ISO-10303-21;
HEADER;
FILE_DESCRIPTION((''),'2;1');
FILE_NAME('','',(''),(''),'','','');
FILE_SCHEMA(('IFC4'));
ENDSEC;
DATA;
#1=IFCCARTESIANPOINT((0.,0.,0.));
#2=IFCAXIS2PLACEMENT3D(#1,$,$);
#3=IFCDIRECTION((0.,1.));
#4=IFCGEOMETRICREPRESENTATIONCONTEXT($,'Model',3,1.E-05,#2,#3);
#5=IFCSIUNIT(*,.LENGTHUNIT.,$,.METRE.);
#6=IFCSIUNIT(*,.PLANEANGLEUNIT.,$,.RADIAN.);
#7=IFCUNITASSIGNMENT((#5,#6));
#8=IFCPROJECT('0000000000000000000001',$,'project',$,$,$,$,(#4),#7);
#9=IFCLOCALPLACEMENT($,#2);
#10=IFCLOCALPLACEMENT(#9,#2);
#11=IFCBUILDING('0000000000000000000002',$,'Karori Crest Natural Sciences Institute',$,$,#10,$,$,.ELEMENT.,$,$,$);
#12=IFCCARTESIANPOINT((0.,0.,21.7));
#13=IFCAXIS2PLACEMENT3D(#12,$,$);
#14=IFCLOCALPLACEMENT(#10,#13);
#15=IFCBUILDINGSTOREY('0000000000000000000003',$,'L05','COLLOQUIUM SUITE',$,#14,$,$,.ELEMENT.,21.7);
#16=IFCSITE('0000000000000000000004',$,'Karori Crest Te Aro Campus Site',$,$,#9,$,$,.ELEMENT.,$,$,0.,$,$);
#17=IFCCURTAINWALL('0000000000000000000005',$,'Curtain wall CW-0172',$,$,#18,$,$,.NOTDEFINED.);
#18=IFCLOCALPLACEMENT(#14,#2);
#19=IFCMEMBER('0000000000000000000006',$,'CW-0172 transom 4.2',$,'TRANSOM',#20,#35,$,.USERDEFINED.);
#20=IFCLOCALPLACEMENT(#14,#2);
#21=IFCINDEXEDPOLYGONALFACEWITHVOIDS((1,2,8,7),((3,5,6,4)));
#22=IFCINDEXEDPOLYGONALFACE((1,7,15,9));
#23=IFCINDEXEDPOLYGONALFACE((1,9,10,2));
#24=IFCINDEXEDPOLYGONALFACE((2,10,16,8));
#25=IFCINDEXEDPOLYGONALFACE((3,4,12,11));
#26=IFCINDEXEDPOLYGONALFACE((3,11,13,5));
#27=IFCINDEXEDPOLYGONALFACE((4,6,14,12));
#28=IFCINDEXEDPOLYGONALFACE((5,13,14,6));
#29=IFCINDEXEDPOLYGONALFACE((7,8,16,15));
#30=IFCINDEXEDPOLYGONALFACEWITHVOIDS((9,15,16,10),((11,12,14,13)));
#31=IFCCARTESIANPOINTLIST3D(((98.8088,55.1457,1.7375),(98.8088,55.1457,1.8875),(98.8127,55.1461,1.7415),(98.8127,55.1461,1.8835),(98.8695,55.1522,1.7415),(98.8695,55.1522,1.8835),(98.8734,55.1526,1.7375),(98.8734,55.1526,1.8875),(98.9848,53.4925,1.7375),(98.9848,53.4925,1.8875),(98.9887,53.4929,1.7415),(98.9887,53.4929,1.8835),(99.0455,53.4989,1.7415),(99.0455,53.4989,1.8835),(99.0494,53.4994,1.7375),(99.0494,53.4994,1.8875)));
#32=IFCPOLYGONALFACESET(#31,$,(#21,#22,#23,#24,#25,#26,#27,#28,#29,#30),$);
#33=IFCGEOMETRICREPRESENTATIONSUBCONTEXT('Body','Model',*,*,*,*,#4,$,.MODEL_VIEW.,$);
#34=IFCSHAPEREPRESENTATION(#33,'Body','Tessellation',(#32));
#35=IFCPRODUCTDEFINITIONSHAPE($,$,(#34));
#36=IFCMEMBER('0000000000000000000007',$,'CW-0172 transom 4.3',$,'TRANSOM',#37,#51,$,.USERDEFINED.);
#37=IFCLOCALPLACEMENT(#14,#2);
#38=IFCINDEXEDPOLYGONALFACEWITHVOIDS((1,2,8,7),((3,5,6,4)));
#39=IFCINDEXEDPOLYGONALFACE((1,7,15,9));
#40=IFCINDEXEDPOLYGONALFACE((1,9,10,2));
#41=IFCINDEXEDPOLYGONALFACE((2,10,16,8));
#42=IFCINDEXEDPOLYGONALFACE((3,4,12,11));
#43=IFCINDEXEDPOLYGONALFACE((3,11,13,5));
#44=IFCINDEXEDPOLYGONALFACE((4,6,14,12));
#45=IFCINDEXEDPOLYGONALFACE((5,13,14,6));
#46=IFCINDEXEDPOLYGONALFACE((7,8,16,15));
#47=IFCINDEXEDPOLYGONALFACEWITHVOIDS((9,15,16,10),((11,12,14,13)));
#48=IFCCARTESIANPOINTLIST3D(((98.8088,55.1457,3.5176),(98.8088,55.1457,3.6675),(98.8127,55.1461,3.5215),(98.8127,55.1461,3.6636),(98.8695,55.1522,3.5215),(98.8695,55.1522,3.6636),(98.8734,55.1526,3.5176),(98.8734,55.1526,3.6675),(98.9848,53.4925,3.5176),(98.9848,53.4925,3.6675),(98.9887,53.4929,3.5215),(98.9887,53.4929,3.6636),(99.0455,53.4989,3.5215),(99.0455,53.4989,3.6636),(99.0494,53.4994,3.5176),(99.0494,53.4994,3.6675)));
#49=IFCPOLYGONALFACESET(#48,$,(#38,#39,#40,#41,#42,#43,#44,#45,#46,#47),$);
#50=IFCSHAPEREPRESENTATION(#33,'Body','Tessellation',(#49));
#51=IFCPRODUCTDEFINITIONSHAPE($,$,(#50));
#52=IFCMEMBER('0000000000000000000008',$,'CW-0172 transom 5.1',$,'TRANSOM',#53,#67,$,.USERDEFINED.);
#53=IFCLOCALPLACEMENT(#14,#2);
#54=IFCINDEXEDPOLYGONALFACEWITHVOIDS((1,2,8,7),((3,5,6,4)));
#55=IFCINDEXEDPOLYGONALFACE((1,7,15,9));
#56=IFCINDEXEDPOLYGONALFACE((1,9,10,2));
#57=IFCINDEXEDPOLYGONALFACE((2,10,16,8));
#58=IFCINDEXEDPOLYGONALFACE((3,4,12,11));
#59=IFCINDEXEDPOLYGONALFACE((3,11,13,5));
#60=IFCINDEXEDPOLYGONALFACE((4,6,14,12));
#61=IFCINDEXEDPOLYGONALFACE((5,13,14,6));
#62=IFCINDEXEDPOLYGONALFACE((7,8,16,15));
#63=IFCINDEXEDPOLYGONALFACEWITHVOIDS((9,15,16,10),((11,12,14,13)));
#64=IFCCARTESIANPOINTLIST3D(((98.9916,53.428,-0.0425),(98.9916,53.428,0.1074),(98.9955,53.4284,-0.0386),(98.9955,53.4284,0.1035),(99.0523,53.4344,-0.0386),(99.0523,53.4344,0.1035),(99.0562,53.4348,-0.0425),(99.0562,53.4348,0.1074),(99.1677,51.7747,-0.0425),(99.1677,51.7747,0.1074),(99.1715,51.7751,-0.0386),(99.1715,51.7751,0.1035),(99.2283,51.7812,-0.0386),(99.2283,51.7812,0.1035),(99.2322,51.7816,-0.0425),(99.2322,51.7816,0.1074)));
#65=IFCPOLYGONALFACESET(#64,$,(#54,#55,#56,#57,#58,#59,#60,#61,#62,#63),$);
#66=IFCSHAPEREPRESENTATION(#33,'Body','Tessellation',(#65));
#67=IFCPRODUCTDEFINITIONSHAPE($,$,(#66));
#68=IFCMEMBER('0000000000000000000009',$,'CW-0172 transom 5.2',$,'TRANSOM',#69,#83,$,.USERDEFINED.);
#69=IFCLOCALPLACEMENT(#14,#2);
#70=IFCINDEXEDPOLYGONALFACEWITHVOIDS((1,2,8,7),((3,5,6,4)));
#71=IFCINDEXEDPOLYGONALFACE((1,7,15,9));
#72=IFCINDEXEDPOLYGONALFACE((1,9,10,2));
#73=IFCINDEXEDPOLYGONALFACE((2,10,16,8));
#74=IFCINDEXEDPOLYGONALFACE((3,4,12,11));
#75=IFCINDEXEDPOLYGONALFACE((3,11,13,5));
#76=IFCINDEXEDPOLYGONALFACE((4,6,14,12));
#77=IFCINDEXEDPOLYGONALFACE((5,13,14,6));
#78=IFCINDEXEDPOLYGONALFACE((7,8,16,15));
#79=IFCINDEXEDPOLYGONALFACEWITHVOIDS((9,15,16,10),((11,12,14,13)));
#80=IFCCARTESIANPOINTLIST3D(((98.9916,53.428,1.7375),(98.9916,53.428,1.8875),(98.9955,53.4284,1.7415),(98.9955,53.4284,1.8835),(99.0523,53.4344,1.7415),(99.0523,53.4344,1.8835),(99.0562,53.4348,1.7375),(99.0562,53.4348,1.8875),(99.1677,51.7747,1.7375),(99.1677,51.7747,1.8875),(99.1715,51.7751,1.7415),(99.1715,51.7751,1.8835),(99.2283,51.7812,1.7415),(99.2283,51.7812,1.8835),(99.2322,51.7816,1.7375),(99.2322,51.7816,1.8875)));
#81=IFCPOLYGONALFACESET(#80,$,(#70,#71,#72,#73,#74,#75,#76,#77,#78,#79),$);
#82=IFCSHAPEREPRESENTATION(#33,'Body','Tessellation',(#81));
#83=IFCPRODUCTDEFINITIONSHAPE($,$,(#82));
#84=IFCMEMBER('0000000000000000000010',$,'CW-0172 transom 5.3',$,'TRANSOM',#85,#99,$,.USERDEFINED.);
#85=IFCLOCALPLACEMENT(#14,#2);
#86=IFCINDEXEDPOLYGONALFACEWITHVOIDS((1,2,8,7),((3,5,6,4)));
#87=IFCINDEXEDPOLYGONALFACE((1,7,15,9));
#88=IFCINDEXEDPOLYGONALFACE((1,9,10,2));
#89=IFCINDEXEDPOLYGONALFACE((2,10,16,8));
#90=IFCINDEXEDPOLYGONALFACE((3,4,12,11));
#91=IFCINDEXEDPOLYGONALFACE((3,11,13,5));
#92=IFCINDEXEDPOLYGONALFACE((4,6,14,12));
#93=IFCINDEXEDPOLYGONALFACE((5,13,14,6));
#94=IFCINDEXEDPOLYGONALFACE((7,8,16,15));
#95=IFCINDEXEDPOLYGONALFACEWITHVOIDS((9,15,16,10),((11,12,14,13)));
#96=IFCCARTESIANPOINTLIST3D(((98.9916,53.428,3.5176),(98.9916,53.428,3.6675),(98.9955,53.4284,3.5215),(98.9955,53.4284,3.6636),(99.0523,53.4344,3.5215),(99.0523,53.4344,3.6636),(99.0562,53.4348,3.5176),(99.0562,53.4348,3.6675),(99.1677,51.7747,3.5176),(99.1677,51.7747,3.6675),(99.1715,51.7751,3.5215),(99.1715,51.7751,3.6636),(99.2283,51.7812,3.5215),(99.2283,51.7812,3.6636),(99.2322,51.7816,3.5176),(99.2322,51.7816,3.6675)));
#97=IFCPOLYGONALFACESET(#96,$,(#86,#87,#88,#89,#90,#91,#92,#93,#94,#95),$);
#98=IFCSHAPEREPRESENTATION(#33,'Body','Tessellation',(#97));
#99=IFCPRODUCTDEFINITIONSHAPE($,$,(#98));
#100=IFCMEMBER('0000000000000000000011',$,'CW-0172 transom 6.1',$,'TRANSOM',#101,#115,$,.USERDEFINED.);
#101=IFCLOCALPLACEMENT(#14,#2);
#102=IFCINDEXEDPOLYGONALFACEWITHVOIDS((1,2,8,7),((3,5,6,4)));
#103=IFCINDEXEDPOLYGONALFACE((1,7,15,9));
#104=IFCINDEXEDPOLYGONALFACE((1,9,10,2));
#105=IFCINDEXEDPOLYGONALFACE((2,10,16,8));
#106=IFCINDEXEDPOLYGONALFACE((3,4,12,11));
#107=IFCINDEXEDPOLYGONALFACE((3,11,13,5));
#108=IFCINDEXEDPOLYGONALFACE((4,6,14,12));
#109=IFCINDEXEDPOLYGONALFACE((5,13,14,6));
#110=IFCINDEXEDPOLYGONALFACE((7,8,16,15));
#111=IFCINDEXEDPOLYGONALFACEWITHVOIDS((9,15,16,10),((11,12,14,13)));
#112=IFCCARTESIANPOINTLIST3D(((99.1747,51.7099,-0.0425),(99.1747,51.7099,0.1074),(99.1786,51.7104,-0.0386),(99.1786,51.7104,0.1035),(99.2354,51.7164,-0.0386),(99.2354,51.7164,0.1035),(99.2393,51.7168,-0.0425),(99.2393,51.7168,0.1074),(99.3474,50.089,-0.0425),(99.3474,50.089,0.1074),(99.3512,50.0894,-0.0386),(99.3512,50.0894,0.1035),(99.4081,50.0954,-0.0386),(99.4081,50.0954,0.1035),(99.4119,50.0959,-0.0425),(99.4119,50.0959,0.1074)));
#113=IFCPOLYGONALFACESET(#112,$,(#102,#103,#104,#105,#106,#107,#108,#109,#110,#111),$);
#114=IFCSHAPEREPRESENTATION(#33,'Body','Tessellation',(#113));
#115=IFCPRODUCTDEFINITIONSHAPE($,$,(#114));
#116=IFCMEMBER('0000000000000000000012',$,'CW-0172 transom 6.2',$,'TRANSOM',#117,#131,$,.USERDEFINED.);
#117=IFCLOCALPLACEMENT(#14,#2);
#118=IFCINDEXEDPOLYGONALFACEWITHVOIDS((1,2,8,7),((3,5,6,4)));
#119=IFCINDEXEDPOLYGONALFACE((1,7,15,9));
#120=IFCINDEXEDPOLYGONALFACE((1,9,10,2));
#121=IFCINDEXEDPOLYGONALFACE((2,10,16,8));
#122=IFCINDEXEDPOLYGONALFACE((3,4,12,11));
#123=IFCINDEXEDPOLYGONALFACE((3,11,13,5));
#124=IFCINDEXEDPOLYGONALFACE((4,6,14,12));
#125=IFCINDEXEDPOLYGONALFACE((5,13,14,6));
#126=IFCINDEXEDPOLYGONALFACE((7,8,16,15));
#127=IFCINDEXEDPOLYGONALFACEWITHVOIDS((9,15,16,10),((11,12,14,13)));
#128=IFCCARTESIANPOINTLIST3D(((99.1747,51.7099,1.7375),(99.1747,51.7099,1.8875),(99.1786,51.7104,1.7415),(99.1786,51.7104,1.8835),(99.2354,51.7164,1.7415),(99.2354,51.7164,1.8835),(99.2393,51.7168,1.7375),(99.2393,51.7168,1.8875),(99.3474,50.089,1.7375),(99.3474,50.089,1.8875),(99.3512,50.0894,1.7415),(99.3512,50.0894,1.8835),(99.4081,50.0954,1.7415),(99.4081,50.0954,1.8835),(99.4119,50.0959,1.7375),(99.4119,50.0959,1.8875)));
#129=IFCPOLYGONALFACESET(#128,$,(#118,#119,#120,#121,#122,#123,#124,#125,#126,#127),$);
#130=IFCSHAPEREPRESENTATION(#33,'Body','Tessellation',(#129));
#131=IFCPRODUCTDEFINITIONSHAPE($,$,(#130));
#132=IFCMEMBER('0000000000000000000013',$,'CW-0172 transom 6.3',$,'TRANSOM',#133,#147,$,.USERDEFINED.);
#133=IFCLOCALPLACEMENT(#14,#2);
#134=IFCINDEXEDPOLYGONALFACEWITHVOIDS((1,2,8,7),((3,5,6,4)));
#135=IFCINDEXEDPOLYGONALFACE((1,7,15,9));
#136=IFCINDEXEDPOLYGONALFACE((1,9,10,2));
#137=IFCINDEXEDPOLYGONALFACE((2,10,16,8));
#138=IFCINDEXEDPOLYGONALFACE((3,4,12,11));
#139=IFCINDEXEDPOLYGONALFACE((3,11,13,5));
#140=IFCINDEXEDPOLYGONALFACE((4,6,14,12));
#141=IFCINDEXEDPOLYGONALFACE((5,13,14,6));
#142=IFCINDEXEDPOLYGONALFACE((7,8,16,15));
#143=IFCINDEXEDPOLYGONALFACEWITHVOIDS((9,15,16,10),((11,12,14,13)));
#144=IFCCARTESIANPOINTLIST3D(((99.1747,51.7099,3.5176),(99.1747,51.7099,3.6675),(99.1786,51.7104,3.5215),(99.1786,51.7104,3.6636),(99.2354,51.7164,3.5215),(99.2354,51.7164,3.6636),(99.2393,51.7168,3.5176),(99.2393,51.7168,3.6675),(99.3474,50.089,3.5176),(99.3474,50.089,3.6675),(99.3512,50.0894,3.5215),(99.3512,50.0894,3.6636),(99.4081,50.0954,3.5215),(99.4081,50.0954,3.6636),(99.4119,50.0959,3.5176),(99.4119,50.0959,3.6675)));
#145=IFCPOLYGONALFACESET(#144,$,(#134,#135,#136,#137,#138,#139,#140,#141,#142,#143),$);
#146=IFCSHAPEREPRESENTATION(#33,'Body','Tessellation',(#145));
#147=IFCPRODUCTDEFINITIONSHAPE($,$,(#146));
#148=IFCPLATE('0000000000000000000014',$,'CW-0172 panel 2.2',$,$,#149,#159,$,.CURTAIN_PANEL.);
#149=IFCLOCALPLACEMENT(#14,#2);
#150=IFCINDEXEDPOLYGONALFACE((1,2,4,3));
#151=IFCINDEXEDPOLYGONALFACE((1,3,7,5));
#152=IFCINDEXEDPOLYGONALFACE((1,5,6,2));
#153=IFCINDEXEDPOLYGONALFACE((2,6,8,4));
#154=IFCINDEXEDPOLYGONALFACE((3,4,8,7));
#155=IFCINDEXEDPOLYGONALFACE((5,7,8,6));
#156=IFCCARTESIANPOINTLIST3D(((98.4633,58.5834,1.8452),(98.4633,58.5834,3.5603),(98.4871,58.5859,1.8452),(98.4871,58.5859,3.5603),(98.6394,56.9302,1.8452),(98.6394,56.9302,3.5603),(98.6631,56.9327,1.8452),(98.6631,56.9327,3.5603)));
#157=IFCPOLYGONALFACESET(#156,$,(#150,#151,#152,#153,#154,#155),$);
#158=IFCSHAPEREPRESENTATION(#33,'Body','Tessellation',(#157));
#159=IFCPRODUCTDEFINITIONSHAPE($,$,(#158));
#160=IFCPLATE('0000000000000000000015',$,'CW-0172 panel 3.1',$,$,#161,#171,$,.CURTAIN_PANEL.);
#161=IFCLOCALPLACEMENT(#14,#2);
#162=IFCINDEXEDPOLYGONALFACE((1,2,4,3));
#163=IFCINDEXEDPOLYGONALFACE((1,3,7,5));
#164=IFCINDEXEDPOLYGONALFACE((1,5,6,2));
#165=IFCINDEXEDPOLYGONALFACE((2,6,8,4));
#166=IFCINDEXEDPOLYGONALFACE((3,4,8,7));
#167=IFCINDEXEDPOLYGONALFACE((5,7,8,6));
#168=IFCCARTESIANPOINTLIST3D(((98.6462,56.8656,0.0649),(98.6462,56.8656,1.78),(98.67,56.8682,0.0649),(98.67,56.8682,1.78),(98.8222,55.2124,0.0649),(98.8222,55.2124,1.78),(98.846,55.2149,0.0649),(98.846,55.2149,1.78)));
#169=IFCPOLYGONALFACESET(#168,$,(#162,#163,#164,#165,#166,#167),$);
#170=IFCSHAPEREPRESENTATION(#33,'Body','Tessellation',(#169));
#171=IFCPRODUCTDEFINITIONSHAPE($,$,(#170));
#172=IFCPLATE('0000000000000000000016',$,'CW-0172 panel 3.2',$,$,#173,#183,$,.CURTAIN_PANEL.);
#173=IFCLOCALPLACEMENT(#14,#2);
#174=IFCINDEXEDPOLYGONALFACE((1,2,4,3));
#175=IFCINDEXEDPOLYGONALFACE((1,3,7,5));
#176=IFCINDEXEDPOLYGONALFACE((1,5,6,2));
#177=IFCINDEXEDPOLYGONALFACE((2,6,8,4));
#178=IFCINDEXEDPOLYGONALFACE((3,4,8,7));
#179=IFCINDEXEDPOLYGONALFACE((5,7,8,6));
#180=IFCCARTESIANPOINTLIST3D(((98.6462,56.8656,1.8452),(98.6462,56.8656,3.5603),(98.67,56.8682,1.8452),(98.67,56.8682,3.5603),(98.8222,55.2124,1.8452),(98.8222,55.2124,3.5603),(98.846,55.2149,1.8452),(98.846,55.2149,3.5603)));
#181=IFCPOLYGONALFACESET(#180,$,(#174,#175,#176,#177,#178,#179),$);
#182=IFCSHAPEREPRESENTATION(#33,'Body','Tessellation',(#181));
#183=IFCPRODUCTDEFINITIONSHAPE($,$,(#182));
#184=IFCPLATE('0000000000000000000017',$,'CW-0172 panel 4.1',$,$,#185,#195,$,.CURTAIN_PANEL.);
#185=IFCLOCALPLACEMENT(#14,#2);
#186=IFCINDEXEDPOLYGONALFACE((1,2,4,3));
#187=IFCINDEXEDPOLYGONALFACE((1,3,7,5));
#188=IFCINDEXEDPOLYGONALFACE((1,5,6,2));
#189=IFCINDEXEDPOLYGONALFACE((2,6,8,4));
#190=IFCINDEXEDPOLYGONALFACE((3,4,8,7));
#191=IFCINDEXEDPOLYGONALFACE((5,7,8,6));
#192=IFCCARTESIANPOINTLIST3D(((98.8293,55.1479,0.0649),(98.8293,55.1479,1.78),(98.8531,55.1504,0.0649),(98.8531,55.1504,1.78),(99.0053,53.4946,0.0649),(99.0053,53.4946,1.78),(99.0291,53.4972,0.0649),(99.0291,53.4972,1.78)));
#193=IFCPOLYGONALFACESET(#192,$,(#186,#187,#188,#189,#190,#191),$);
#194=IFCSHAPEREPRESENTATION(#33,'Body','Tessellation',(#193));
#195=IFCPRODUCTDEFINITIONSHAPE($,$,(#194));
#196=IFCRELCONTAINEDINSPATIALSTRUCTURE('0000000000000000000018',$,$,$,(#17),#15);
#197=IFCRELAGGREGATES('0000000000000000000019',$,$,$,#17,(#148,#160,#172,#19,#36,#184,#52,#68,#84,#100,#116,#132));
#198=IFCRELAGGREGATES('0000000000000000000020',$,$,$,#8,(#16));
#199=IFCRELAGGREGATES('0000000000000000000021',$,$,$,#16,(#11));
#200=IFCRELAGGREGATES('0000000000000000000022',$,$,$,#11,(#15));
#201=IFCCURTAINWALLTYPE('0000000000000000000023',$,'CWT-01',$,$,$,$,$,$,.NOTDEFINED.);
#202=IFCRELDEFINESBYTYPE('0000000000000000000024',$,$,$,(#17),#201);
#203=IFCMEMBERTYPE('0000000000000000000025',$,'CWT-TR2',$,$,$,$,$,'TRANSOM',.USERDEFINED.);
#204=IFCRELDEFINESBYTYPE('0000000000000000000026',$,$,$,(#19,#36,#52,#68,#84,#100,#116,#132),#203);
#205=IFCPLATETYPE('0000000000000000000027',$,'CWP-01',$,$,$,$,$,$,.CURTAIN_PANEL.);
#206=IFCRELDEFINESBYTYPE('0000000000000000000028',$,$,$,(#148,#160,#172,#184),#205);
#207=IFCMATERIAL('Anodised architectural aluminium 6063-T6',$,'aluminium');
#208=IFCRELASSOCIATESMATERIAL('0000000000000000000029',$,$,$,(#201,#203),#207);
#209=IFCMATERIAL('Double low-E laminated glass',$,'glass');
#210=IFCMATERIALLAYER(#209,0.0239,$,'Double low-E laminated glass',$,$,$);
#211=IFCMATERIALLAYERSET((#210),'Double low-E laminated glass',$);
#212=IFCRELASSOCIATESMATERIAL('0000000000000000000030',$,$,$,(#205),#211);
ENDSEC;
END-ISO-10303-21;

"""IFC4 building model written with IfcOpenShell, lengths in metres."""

from ifc_helpers import new_model, si_unit, direction, frame, origin, origin_2d, place, context, subcontext, project, spatial, rectangle, hollow_rectangle, extrude, material, layer, layer_set, material_profile, profile_set, type_object, element, aggregate, save


model = new_model("IFC4")

# Units and contexts
model_context = context("Model", 3, precision=1e-05, world=origin(), true_north=direction((0.0, 1.0)))
body_context = subcontext(model_context, "Body", "Model", "MODEL_VIEW")
ifc_project = project(units=[si_unit("LENGTHUNIT", "METRE"), si_unit("PLANEANGLEUNIT", "RADIAN")], contexts=[model_context])

# Site, building, storey
site_placement = place(None, origin())
site = spatial("IfcSite", under=ifc_project, at=site_placement, Name="Karori Crest Te Aro Campus Site", CompositionType="ELEMENT", RefElevation=0.0)
building_placement = place(site_placement, origin())
building = spatial("IfcBuilding", under=site, at=building_placement, Name="Karori Crest Natural Sciences Institute", CompositionType="ELEMENT")
storey_placement = place(building_placement, frame((0.0, 0.0, 21.7)))
storey = spatial("IfcBuildingStorey", under=building, at=storey_placement, Name="L05", Description="COLLOQUIUM SUITE", CompositionType="ELEMENT", Elevation=21.7)

# Curtain wall
ifc_material_1 = material(Name="Anodised architectural aluminium 6063-T6", Category="aluminium")
curtain_wall_type_1 = type_object("IfcCurtainWallType", Name="CWT-01", PredefinedType="NOTDEFINED", material=ifc_material_1)
curtain_wall_1_placement = place(storey_placement, origin())
curtain_wall_1 = element("IfcCurtainWall", 1, at=curtain_wall_1_placement, inside=storey, type_object=curtain_wall_type_1, Name="Curtain wall CW-0172", PredefinedType="NOTDEFINED")

# Members
ifc_material_profile_1 = material_profile(ifc_material_1, hollow_rectangle(XDim=0.0649, YDim=0.1499, WallThickness=0.0039, at=origin_2d()), Name="CWT150x65x4")
ifc_profile_set_1 = profile_set([ifc_material_profile_1], Name="Anodised architectural aluminium 6063-T6")
member_type_1 = type_object("IfcMemberType", Name="CWT-TR2", ElementType="TRANSOM", PredefinedType="USERDEFINED", material=ifc_profile_set_1)
member_1_placement = place(storey_placement, frame((98.8411, 55.1492, 1.8125), z_axis=(0.105869, -0.99438, 0.0), x_axis=(0.99438, 0.105869, 0.0)))
member_1 = element("IfcMember", 2, at=member_1_placement, type_object=member_type_1, Name="CW-0172 transom 4.2", ObjectType="TRANSOM", PredefinedType="USERDEFINED", context=body_context, shape_type="SweptSolid", body=[
    extrude(hollow_rectangle(XDim=0.0649, YDim=0.1499, WallThickness=0.0039, at=origin_2d()), origin(), (0.0, 0.0, 1.0), 1.6626),
])
member_2_placement = place(storey_placement, frame((98.8411, 55.1492, 3.5925), z_axis=(0.105869, -0.99438, 0.0), x_axis=(0.99438, 0.105869, 0.0)))
member_2 = element("IfcMember", 3, at=member_2_placement, type_object=member_type_1, Name="CW-0172 transom 4.3", ObjectType="TRANSOM", PredefinedType="USERDEFINED", context=body_context, shape_type="SweptSolid", body=[
    extrude(hollow_rectangle(XDim=0.0649, YDim=0.1499, WallThickness=0.0039, at=origin_2d()), origin(), (0.0, 0.0, 1.0), 1.6626),
])
member_3_placement = place(storey_placement, frame((99.0239, 53.4314, 0.0325), z_axis=(0.105869, -0.99438, 0.0), x_axis=(0.99438, 0.105869, 0.0)))
member_3 = element("IfcMember", 4, at=member_3_placement, type_object=member_type_1, Name="CW-0172 transom 5.1", ObjectType="TRANSOM", PredefinedType="USERDEFINED", context=body_context, shape_type="SweptSolid", body=[
    extrude(hollow_rectangle(XDim=0.0649, YDim=0.1499, WallThickness=0.0039, at=origin_2d()), origin(), (0.0, 0.0, 1.0), 1.6626),
])
member_4_placement = place(storey_placement, frame((99.0239, 53.4314, 1.8125), z_axis=(0.105869, -0.99438, 0.0), x_axis=(0.99438, 0.105869, 0.0)))
member_4 = element("IfcMember", 5, at=member_4_placement, type_object=member_type_1, Name="CW-0172 transom 5.2", ObjectType="TRANSOM", PredefinedType="USERDEFINED", context=body_context, shape_type="SweptSolid", body=[
    extrude(hollow_rectangle(XDim=0.0649, YDim=0.1499, WallThickness=0.0039, at=origin_2d()), origin(), (0.0, 0.0, 1.0), 1.6626),
])
member_5_placement = place(storey_placement, frame((99.0239, 53.4314, 3.5925), z_axis=(0.105869, -0.99438, 0.0), x_axis=(0.99438, 0.105869, 0.0)))
member_5 = element("IfcMember", 6, at=member_5_placement, type_object=member_type_1, Name="CW-0172 transom 5.3", ObjectType="TRANSOM", PredefinedType="USERDEFINED", context=body_context, shape_type="SweptSolid", body=[
    extrude(hollow_rectangle(XDim=0.0649, YDim=0.1499, WallThickness=0.0039, at=origin_2d()), origin(), (0.0, 0.0, 1.0), 1.6626),
])
member_6_placement = place(storey_placement, frame((99.207, 51.7134, 0.0325), z_axis=(0.105893, -0.994378, 0.0), x_axis=(0.994378, 0.105893, 0.0)))
member_6 = element("IfcMember", 7, at=member_6_placement, type_object=member_type_1, Name="CW-0172 transom 6.1", ObjectType="TRANSOM", PredefinedType="USERDEFINED", context=body_context, shape_type="SweptSolid", body=[
    extrude(hollow_rectangle(XDim=0.0649, YDim=0.1499, WallThickness=0.0039, at=origin_2d()), origin(), (0.0, 0.0, 1.0), 1.6301),
])
member_7_placement = place(storey_placement, frame((99.207, 51.7134, 1.8125), z_axis=(0.105893, -0.994378, 0.0), x_axis=(0.994378, 0.105893, 0.0)))
member_7 = element("IfcMember", 8, at=member_7_placement, type_object=member_type_1, Name="CW-0172 transom 6.2", ObjectType="TRANSOM", PredefinedType="USERDEFINED", context=body_context, shape_type="SweptSolid", body=[
    extrude(hollow_rectangle(XDim=0.0649, YDim=0.1499, WallThickness=0.0039, at=origin_2d()), origin(), (0.0, 0.0, 1.0), 1.6301),
])
member_8_placement = place(storey_placement, frame((99.207, 51.7134, 3.5925), z_axis=(0.105893, -0.994378, 0.0), x_axis=(0.994378, 0.105893, 0.0)))
member_8 = element("IfcMember", 9, at=member_8_placement, type_object=member_type_1, Name="CW-0172 transom 6.3", ObjectType="TRANSOM", PredefinedType="USERDEFINED", context=body_context, shape_type="SweptSolid", body=[
    extrude(hollow_rectangle(XDim=0.0649, YDim=0.1499, WallThickness=0.0039, at=origin_2d()), origin(), (0.0, 0.0, 1.0), 1.6301),
])

# Plates
ifc_material_2 = material(Name="Double low-E laminated glass", Category="glass")
ifc_layer_1 = layer(ifc_material_2, 0.0239, Name="Double low-E laminated glass")
ifc_layer_set_1 = layer_set([ifc_layer_1], Name="Double low-E laminated glass")
plate_type = type_object("IfcPlateType", Name="CWP-01", PredefinedType="CURTAIN_PANEL", material=ifc_layer_set_1)
plate_1_placement = place(storey_placement, frame((98.5632, 57.7581, 1.8452), z_axis=(0.0, 0.0, 1.0), x_axis=(0.105884, -0.994378, 0.0)))
plate_1 = element("IfcPlate", 10, at=plate_1_placement, type_object=plate_type, Name="CW-0172 panel 2.2", PredefinedType="CURTAIN_PANEL", context=body_context, shape_type="SweptSolid", body=[
    extrude(rectangle(XDim=1.6626, YDim=0.0239, at=origin_2d()), origin(), (0.0, 0.0, 1.0), 1.7151),
])
plate_2_placement = place(storey_placement, frame((98.7461, 56.0403, 0.0649), z_axis=(0.0, 0.0, 1.0), x_axis=(0.105884, -0.994378, 0.0)))
plate_2 = element("IfcPlate", 11, at=plate_2_placement, type_object=plate_type, Name="CW-0172 panel 3.1", PredefinedType="CURTAIN_PANEL", context=body_context, shape_type="SweptSolid", body=[
    extrude(rectangle(XDim=1.6626, YDim=0.0239, at=origin_2d()), origin(), (0.0, 0.0, 1.0), 1.7151),
])
plate_3_placement = place(storey_placement, frame((98.7461, 56.0403, 1.8452), z_axis=(0.0, 0.0, 1.0), x_axis=(0.105884, -0.994378, 0.0)))
plate_3 = element("IfcPlate", 12, at=plate_3_placement, type_object=plate_type, Name="CW-0172 panel 3.2", PredefinedType="CURTAIN_PANEL", context=body_context, shape_type="SweptSolid", body=[
    extrude(rectangle(XDim=1.6626, YDim=0.0239, at=origin_2d()), origin(), (0.0, 0.0, 1.0), 1.7151),
])
plate_4_placement = place(storey_placement, frame((98.9292, 54.3225, 0.0649), z_axis=(0.0, 0.0, 1.0), x_axis=(0.105884, -0.994378, 0.0)))
plate_4 = element("IfcPlate", 13, at=plate_4_placement, type_object=plate_type, Name="CW-0172 panel 4.1", PredefinedType="CURTAIN_PANEL", context=body_context, shape_type="SweptSolid", body=[
    extrude(rectangle(XDim=1.6626, YDim=0.0239, at=origin_2d()), origin(), (0.0, 0.0, 1.0), 1.7151),
])
aggregate(curtain_wall_1, [plate_1, plate_2, plate_3, member_1, member_2, plate_4, member_3, member_4, member_5, member_6, member_7, member_8])

save(model, "model.ifc")
